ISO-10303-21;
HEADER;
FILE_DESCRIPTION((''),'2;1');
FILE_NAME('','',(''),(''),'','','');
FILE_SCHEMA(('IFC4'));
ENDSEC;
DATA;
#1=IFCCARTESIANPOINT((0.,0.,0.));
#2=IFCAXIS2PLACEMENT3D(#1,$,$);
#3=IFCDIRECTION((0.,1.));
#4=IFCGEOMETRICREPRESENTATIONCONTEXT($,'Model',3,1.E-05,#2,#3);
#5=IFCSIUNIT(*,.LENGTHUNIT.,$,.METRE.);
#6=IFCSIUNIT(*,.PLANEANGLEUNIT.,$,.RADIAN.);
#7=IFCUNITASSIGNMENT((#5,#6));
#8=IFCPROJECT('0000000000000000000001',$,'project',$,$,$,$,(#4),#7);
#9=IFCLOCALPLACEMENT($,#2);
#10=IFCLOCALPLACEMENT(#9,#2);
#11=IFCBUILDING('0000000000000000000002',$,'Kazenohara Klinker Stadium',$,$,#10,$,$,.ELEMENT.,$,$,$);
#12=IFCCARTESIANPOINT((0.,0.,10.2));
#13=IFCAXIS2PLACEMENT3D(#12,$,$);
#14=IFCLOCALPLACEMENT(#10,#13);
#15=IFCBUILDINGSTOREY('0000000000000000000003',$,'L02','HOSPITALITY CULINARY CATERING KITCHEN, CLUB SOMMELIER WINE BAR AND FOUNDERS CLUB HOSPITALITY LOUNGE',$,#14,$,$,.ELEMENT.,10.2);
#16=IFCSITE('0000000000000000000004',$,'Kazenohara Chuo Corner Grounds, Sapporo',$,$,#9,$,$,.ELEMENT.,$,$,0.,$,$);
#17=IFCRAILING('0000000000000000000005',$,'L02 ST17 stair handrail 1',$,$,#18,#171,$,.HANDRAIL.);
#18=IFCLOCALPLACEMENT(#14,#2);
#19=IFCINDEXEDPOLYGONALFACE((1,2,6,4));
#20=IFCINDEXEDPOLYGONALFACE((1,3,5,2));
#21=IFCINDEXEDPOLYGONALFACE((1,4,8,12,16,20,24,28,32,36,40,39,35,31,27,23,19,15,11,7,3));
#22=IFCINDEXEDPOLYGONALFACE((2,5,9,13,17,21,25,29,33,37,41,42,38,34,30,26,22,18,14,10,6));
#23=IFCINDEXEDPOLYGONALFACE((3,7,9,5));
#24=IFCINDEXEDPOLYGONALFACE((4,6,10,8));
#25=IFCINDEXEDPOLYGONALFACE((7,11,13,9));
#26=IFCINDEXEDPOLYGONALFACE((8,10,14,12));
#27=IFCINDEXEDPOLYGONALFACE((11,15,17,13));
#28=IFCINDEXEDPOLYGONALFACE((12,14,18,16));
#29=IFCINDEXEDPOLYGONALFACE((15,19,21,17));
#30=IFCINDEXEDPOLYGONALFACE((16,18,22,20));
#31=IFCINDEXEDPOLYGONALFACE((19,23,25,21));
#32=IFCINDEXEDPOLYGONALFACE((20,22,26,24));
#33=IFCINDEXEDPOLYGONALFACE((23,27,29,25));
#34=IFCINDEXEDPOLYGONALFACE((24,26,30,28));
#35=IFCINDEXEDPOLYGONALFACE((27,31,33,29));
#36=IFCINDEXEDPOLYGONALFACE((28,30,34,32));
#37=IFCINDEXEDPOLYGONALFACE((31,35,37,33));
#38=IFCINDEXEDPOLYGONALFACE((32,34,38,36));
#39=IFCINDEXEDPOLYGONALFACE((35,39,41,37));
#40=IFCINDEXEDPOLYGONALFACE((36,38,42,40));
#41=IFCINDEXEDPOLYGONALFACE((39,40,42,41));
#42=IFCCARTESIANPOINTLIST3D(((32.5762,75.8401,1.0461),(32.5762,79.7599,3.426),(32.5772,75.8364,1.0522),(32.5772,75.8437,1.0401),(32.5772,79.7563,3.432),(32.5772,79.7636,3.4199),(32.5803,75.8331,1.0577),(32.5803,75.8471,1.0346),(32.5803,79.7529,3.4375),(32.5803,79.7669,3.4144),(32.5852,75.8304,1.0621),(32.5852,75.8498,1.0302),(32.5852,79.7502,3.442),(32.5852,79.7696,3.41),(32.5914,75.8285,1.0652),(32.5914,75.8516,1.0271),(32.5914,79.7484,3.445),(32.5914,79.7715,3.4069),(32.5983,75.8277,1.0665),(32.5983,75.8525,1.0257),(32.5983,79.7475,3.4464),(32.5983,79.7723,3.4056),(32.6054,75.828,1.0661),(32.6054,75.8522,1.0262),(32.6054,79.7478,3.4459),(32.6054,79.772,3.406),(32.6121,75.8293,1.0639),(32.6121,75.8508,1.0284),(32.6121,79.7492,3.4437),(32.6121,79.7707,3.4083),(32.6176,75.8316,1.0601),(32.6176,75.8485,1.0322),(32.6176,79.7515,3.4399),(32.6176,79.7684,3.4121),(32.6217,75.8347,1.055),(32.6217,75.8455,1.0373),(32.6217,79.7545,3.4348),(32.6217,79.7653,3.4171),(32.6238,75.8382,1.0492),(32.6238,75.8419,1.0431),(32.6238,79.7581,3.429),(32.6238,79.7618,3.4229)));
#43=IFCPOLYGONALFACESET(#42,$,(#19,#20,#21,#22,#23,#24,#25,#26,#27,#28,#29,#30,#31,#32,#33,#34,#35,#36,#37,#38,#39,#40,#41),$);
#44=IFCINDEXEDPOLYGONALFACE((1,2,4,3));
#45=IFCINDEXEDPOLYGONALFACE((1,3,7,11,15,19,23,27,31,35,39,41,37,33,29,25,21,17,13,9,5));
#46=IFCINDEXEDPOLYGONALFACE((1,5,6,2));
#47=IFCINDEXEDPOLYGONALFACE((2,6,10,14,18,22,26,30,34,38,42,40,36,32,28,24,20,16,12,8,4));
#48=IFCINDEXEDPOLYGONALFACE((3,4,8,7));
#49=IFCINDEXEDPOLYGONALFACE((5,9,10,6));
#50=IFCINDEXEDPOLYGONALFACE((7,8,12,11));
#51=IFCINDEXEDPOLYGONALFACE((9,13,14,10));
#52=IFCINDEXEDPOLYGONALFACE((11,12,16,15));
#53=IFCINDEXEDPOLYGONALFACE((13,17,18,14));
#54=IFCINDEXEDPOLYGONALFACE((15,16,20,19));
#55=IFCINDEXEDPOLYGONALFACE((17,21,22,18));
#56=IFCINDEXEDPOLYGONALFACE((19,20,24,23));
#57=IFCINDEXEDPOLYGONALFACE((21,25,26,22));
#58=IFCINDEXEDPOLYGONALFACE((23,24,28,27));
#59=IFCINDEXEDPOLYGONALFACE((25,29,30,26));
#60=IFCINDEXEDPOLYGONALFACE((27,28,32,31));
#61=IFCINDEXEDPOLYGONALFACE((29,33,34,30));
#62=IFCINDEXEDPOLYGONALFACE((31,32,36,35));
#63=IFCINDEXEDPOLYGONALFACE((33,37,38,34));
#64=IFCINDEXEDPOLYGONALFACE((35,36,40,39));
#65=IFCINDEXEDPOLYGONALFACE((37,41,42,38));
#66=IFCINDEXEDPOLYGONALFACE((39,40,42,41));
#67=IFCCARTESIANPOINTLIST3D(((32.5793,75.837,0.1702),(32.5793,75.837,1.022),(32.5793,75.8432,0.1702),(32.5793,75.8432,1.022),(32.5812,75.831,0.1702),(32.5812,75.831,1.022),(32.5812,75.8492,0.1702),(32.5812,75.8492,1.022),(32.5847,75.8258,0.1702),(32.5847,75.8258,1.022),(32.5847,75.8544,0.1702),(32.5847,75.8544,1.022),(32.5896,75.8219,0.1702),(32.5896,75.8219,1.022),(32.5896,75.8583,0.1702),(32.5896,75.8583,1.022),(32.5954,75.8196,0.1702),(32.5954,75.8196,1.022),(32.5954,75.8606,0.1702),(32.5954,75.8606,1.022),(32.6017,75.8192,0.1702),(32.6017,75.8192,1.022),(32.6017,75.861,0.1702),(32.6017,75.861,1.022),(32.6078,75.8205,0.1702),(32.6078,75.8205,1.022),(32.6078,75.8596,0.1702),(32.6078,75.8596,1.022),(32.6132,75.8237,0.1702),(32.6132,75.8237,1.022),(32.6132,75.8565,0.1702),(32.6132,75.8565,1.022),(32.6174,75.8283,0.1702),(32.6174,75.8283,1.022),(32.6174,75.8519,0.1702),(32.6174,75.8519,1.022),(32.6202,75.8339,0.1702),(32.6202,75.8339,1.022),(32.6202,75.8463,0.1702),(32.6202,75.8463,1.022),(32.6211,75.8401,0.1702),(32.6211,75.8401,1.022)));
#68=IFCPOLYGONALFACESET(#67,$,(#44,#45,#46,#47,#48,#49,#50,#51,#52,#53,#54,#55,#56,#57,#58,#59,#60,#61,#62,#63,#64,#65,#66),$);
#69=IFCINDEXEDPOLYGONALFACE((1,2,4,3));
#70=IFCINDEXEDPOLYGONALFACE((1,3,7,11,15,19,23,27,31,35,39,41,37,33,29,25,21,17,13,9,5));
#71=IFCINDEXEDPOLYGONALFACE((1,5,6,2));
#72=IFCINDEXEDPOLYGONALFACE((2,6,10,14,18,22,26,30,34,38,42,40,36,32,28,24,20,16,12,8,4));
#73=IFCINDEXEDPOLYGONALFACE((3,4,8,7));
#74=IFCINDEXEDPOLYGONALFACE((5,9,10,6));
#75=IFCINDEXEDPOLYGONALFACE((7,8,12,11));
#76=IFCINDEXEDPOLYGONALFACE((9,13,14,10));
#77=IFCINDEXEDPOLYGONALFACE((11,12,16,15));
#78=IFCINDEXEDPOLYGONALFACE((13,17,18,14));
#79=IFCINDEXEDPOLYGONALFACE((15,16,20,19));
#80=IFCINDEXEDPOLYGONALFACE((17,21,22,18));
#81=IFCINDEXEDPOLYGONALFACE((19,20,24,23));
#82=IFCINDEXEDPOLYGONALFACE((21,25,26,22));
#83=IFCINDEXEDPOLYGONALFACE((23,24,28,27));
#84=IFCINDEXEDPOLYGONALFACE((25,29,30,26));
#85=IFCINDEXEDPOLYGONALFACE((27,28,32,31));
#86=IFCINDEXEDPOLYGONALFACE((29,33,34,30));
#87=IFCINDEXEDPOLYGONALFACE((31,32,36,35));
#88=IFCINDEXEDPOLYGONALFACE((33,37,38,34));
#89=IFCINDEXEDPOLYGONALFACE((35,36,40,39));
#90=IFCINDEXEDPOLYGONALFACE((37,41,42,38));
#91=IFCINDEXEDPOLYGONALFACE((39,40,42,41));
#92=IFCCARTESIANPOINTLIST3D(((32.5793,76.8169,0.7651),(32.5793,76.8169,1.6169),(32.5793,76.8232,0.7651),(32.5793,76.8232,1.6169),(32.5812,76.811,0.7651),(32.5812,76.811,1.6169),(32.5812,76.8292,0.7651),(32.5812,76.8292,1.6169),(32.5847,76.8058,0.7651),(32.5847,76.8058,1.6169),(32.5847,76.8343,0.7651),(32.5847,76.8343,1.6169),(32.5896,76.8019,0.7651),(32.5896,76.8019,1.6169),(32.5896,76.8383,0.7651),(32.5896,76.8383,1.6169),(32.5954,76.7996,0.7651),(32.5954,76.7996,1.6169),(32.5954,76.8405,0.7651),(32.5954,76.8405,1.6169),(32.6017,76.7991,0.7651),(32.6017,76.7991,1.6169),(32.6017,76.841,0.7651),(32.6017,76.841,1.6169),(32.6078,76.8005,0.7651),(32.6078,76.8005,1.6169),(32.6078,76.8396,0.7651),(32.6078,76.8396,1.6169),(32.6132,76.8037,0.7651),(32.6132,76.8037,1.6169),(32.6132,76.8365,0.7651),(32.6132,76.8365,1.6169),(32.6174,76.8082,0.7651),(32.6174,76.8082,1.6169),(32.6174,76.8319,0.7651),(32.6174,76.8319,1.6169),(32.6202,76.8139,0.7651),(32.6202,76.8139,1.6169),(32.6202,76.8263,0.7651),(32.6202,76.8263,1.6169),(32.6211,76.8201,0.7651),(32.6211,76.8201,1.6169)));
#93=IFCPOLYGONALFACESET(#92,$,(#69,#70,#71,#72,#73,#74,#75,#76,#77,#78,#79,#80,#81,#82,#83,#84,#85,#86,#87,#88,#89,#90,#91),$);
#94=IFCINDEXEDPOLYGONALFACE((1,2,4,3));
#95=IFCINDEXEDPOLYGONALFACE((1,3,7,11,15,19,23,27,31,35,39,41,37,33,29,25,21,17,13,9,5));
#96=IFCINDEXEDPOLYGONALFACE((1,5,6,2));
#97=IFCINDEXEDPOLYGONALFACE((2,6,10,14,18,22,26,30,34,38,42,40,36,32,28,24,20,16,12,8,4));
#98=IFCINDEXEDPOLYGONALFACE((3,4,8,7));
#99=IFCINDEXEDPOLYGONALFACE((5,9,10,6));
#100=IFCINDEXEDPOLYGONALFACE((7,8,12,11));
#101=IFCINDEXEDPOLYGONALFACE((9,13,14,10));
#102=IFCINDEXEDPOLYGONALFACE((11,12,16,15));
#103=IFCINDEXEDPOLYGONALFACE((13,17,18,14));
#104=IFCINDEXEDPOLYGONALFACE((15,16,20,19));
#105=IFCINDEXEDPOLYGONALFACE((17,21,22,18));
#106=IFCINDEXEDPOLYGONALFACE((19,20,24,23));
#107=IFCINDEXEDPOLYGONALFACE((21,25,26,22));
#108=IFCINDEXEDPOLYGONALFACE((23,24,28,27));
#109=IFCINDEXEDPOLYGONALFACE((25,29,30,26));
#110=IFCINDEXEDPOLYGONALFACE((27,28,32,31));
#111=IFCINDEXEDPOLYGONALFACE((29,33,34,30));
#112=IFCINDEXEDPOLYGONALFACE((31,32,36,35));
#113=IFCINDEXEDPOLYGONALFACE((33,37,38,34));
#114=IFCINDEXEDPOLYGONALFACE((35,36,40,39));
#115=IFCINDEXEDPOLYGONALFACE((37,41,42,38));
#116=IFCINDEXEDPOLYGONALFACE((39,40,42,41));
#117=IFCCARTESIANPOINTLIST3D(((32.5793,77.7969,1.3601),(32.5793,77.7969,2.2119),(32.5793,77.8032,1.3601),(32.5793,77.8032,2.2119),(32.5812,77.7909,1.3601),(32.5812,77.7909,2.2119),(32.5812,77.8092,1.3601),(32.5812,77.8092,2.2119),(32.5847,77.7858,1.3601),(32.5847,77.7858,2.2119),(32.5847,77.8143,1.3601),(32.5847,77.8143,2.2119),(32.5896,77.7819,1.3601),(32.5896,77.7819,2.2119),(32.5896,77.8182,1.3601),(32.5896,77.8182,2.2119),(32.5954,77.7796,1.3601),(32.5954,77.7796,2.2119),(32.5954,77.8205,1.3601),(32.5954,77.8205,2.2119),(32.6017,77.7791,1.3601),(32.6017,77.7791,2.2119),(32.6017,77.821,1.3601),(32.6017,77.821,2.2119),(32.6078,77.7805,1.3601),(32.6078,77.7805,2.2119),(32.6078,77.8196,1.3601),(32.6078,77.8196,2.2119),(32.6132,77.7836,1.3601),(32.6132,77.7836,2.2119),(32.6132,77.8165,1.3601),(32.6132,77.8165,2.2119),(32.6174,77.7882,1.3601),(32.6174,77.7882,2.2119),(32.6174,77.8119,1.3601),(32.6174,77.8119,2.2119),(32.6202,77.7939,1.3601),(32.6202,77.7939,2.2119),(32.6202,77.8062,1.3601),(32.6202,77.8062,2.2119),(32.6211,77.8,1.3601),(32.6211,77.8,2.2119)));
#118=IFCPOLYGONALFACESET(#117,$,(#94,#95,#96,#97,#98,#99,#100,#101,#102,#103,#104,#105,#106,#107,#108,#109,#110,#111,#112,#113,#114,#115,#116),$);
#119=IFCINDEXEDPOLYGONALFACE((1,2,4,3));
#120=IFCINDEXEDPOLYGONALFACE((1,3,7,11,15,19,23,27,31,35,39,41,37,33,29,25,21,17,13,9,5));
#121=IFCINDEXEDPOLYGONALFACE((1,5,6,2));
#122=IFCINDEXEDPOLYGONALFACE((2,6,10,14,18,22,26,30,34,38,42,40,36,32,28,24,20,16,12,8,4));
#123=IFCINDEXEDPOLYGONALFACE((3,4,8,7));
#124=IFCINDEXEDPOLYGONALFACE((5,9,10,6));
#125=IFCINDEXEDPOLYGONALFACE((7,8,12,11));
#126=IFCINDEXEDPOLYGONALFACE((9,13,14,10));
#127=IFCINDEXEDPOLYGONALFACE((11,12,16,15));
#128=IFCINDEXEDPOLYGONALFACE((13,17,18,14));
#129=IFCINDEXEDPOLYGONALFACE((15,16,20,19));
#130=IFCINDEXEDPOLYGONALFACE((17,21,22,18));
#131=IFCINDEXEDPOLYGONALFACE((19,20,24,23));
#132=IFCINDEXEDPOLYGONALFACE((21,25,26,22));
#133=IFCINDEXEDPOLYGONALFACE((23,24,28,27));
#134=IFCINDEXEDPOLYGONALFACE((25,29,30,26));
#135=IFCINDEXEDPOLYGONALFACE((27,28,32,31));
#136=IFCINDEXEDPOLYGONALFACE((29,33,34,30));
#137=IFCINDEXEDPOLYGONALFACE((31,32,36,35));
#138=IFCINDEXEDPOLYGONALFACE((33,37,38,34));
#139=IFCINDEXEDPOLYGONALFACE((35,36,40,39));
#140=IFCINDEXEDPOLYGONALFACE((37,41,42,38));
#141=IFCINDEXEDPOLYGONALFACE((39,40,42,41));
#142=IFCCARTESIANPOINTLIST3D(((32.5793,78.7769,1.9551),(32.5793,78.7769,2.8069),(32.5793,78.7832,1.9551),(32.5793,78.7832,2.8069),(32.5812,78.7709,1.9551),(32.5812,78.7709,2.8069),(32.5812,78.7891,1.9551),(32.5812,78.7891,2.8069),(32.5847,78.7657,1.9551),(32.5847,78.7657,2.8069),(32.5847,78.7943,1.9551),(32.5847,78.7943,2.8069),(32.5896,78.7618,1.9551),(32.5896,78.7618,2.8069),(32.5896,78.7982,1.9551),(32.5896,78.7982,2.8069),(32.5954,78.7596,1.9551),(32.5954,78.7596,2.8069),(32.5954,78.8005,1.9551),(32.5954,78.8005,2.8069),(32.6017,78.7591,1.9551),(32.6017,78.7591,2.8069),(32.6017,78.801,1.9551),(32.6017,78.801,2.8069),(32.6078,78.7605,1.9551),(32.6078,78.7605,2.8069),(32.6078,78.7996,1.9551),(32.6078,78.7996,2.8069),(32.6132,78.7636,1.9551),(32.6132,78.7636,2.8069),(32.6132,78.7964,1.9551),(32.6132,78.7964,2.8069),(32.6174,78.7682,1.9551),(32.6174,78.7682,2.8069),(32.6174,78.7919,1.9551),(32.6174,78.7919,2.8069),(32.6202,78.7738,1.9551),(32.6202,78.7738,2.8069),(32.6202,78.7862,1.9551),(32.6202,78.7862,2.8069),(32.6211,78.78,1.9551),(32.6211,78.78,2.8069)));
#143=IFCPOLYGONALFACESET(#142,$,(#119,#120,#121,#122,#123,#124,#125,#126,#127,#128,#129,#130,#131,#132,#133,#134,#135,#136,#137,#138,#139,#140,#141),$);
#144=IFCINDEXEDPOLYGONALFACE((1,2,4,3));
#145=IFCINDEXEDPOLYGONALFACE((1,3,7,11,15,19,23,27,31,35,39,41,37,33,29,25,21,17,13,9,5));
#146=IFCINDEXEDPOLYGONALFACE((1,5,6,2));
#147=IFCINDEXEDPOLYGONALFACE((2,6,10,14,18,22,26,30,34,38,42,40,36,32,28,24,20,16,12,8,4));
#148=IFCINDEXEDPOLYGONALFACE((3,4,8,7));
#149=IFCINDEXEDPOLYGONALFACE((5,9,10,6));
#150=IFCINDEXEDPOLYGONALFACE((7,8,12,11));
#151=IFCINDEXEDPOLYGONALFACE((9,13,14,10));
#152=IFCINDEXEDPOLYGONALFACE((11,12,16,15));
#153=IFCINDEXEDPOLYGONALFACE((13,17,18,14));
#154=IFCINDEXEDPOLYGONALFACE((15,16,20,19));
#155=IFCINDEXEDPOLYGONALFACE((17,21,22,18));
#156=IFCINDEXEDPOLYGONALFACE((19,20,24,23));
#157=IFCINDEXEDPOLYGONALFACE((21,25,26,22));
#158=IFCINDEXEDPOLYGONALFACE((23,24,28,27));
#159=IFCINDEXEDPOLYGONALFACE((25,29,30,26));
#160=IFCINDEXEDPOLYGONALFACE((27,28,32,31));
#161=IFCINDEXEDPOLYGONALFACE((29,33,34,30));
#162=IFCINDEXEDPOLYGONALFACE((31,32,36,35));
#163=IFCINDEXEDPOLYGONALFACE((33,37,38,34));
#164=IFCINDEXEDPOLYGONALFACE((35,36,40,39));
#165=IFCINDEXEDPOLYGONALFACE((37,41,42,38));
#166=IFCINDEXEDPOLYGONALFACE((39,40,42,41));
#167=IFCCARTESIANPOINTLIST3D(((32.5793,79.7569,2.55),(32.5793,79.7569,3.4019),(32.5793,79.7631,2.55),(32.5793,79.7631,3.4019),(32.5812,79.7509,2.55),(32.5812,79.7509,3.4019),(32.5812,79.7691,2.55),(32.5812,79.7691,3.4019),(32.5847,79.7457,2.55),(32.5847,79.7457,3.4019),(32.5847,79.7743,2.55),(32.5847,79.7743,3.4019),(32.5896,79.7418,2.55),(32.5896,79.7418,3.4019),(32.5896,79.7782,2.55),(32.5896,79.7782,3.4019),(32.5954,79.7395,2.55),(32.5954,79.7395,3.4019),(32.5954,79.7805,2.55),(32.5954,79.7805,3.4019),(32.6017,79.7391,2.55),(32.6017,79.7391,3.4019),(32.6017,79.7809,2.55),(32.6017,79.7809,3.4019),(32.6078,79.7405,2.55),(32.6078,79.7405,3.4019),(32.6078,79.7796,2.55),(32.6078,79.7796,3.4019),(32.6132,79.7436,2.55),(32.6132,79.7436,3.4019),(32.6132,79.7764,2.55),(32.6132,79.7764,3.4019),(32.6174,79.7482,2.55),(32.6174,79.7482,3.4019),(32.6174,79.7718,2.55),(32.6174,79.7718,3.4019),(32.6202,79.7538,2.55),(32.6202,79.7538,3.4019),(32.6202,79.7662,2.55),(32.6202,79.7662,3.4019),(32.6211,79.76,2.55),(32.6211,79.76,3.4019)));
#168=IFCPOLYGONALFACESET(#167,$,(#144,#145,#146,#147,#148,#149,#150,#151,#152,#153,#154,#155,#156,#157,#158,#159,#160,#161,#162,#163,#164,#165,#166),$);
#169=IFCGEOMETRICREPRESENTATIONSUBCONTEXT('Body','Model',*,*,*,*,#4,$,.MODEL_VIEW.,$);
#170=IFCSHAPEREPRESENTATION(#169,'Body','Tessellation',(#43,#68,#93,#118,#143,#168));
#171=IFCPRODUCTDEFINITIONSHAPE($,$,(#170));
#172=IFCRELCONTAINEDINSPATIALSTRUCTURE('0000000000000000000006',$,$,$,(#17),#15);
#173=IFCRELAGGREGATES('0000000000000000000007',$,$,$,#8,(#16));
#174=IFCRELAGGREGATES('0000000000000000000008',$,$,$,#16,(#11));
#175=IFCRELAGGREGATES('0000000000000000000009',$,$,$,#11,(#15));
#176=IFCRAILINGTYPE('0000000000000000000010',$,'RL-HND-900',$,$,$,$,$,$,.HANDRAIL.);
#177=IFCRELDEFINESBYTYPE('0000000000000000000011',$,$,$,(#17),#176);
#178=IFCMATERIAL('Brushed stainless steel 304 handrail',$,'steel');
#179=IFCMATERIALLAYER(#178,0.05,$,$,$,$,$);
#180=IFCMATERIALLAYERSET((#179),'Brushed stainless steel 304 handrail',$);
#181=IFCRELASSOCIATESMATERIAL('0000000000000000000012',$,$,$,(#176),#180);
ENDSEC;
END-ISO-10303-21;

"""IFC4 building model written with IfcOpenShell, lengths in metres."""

from ifc_helpers import new_model, si_unit, direction, frame, origin, origin_2d, place, context, subcontext, project, spatial, circle, extrude, material, layer, layer_set, type_object, element, save


model = new_model("IFC4")

# Units and contexts
model_context = context("Model", 3, precision=1e-05, world=origin(), true_north=direction((0.0, 1.0)))
body_context = subcontext(model_context, "Body", "Model", "MODEL_VIEW")
ifc_project = project(units=[si_unit("LENGTHUNIT", "METRE"), si_unit("PLANEANGLEUNIT", "RADIAN")], contexts=[model_context])

# Site, building, storey
site_placement = place(None, origin())
site = spatial("IfcSite", under=ifc_project, at=site_placement, Name="Kazenohara Chuo Corner Grounds, Sapporo", CompositionType="ELEMENT", RefElevation=0.0)
building_placement = place(site_placement, origin())
building = spatial("IfcBuilding", under=site, at=building_placement, Name="Kazenohara Klinker Stadium", CompositionType="ELEMENT")
storey_placement = place(building_placement, frame((0.0, 0.0, 10.2)))
storey = spatial("IfcBuildingStorey", under=building, at=storey_placement, Name="L02", Description="HOSPITALITY CULINARY CATERING KITCHEN, CLUB SOMMELIER WINE BAR AND FOUNDERS CLUB HOSPITALITY LOUNGE", CompositionType="ELEMENT", Elevation=10.2)

# Railing
ifc_material_1 = material(Name="Brushed stainless steel 304 handrail", Category="steel")
ifc_layer_1 = layer(ifc_material_1, 0.05)
ifc_layer_set_1 = layer_set([ifc_layer_1], Name="Brushed stainless steel 304 handrail")
railing_type_1 = type_object("IfcRailingType", Name="RL-HND-900", PredefinedType="HANDRAIL", material=ifc_layer_set_1)
railing_1_placement = place(storey_placement, frame((32.6001, 75.8401, 0.1702)))
element("IfcRailing", 1, at=railing_1_placement, inside=storey, type_object=railing_type_1, Name="L02 ST17 stair handrail 1", PredefinedType="HANDRAIL", context=body_context, shape_type="SweptSolid", body=[
    extrude(circle(Radius=0.0239, at=origin_2d()), frame((0.0, 0.0, 0.876), z_axis=(0.0, 0.854794, 0.518967), x_axis=(-1.0, 0.0, 0.0)), (0.0, 0.0, 1.0), 4.5857),
    extrude(circle(Radius=0.021, at=origin_2d()), origin(), (0.0, 0.0, 1.0), 0.8518),
    extrude(circle(Radius=0.021, at=origin_2d()), frame((0.0, 0.98, 0.595)), (0.0, 0.0, 1.0), 0.8518),
    extrude(circle(Radius=0.021, at=origin_2d()), frame((0.0, 1.96, 1.1899)), (0.0, 0.0, 1.0), 0.8518),
    extrude(circle(Radius=0.021, at=origin_2d()), frame((0.0, 2.9399, 1.7849)), (0.0, 0.0, 1.0), 0.8518),
    extrude(circle(Radius=0.021, at=origin_2d()), frame((0.0, 3.9199, 2.3799)), (0.0, 0.0, 1.0), 0.8518),
])

save(model, "model.ifc")
